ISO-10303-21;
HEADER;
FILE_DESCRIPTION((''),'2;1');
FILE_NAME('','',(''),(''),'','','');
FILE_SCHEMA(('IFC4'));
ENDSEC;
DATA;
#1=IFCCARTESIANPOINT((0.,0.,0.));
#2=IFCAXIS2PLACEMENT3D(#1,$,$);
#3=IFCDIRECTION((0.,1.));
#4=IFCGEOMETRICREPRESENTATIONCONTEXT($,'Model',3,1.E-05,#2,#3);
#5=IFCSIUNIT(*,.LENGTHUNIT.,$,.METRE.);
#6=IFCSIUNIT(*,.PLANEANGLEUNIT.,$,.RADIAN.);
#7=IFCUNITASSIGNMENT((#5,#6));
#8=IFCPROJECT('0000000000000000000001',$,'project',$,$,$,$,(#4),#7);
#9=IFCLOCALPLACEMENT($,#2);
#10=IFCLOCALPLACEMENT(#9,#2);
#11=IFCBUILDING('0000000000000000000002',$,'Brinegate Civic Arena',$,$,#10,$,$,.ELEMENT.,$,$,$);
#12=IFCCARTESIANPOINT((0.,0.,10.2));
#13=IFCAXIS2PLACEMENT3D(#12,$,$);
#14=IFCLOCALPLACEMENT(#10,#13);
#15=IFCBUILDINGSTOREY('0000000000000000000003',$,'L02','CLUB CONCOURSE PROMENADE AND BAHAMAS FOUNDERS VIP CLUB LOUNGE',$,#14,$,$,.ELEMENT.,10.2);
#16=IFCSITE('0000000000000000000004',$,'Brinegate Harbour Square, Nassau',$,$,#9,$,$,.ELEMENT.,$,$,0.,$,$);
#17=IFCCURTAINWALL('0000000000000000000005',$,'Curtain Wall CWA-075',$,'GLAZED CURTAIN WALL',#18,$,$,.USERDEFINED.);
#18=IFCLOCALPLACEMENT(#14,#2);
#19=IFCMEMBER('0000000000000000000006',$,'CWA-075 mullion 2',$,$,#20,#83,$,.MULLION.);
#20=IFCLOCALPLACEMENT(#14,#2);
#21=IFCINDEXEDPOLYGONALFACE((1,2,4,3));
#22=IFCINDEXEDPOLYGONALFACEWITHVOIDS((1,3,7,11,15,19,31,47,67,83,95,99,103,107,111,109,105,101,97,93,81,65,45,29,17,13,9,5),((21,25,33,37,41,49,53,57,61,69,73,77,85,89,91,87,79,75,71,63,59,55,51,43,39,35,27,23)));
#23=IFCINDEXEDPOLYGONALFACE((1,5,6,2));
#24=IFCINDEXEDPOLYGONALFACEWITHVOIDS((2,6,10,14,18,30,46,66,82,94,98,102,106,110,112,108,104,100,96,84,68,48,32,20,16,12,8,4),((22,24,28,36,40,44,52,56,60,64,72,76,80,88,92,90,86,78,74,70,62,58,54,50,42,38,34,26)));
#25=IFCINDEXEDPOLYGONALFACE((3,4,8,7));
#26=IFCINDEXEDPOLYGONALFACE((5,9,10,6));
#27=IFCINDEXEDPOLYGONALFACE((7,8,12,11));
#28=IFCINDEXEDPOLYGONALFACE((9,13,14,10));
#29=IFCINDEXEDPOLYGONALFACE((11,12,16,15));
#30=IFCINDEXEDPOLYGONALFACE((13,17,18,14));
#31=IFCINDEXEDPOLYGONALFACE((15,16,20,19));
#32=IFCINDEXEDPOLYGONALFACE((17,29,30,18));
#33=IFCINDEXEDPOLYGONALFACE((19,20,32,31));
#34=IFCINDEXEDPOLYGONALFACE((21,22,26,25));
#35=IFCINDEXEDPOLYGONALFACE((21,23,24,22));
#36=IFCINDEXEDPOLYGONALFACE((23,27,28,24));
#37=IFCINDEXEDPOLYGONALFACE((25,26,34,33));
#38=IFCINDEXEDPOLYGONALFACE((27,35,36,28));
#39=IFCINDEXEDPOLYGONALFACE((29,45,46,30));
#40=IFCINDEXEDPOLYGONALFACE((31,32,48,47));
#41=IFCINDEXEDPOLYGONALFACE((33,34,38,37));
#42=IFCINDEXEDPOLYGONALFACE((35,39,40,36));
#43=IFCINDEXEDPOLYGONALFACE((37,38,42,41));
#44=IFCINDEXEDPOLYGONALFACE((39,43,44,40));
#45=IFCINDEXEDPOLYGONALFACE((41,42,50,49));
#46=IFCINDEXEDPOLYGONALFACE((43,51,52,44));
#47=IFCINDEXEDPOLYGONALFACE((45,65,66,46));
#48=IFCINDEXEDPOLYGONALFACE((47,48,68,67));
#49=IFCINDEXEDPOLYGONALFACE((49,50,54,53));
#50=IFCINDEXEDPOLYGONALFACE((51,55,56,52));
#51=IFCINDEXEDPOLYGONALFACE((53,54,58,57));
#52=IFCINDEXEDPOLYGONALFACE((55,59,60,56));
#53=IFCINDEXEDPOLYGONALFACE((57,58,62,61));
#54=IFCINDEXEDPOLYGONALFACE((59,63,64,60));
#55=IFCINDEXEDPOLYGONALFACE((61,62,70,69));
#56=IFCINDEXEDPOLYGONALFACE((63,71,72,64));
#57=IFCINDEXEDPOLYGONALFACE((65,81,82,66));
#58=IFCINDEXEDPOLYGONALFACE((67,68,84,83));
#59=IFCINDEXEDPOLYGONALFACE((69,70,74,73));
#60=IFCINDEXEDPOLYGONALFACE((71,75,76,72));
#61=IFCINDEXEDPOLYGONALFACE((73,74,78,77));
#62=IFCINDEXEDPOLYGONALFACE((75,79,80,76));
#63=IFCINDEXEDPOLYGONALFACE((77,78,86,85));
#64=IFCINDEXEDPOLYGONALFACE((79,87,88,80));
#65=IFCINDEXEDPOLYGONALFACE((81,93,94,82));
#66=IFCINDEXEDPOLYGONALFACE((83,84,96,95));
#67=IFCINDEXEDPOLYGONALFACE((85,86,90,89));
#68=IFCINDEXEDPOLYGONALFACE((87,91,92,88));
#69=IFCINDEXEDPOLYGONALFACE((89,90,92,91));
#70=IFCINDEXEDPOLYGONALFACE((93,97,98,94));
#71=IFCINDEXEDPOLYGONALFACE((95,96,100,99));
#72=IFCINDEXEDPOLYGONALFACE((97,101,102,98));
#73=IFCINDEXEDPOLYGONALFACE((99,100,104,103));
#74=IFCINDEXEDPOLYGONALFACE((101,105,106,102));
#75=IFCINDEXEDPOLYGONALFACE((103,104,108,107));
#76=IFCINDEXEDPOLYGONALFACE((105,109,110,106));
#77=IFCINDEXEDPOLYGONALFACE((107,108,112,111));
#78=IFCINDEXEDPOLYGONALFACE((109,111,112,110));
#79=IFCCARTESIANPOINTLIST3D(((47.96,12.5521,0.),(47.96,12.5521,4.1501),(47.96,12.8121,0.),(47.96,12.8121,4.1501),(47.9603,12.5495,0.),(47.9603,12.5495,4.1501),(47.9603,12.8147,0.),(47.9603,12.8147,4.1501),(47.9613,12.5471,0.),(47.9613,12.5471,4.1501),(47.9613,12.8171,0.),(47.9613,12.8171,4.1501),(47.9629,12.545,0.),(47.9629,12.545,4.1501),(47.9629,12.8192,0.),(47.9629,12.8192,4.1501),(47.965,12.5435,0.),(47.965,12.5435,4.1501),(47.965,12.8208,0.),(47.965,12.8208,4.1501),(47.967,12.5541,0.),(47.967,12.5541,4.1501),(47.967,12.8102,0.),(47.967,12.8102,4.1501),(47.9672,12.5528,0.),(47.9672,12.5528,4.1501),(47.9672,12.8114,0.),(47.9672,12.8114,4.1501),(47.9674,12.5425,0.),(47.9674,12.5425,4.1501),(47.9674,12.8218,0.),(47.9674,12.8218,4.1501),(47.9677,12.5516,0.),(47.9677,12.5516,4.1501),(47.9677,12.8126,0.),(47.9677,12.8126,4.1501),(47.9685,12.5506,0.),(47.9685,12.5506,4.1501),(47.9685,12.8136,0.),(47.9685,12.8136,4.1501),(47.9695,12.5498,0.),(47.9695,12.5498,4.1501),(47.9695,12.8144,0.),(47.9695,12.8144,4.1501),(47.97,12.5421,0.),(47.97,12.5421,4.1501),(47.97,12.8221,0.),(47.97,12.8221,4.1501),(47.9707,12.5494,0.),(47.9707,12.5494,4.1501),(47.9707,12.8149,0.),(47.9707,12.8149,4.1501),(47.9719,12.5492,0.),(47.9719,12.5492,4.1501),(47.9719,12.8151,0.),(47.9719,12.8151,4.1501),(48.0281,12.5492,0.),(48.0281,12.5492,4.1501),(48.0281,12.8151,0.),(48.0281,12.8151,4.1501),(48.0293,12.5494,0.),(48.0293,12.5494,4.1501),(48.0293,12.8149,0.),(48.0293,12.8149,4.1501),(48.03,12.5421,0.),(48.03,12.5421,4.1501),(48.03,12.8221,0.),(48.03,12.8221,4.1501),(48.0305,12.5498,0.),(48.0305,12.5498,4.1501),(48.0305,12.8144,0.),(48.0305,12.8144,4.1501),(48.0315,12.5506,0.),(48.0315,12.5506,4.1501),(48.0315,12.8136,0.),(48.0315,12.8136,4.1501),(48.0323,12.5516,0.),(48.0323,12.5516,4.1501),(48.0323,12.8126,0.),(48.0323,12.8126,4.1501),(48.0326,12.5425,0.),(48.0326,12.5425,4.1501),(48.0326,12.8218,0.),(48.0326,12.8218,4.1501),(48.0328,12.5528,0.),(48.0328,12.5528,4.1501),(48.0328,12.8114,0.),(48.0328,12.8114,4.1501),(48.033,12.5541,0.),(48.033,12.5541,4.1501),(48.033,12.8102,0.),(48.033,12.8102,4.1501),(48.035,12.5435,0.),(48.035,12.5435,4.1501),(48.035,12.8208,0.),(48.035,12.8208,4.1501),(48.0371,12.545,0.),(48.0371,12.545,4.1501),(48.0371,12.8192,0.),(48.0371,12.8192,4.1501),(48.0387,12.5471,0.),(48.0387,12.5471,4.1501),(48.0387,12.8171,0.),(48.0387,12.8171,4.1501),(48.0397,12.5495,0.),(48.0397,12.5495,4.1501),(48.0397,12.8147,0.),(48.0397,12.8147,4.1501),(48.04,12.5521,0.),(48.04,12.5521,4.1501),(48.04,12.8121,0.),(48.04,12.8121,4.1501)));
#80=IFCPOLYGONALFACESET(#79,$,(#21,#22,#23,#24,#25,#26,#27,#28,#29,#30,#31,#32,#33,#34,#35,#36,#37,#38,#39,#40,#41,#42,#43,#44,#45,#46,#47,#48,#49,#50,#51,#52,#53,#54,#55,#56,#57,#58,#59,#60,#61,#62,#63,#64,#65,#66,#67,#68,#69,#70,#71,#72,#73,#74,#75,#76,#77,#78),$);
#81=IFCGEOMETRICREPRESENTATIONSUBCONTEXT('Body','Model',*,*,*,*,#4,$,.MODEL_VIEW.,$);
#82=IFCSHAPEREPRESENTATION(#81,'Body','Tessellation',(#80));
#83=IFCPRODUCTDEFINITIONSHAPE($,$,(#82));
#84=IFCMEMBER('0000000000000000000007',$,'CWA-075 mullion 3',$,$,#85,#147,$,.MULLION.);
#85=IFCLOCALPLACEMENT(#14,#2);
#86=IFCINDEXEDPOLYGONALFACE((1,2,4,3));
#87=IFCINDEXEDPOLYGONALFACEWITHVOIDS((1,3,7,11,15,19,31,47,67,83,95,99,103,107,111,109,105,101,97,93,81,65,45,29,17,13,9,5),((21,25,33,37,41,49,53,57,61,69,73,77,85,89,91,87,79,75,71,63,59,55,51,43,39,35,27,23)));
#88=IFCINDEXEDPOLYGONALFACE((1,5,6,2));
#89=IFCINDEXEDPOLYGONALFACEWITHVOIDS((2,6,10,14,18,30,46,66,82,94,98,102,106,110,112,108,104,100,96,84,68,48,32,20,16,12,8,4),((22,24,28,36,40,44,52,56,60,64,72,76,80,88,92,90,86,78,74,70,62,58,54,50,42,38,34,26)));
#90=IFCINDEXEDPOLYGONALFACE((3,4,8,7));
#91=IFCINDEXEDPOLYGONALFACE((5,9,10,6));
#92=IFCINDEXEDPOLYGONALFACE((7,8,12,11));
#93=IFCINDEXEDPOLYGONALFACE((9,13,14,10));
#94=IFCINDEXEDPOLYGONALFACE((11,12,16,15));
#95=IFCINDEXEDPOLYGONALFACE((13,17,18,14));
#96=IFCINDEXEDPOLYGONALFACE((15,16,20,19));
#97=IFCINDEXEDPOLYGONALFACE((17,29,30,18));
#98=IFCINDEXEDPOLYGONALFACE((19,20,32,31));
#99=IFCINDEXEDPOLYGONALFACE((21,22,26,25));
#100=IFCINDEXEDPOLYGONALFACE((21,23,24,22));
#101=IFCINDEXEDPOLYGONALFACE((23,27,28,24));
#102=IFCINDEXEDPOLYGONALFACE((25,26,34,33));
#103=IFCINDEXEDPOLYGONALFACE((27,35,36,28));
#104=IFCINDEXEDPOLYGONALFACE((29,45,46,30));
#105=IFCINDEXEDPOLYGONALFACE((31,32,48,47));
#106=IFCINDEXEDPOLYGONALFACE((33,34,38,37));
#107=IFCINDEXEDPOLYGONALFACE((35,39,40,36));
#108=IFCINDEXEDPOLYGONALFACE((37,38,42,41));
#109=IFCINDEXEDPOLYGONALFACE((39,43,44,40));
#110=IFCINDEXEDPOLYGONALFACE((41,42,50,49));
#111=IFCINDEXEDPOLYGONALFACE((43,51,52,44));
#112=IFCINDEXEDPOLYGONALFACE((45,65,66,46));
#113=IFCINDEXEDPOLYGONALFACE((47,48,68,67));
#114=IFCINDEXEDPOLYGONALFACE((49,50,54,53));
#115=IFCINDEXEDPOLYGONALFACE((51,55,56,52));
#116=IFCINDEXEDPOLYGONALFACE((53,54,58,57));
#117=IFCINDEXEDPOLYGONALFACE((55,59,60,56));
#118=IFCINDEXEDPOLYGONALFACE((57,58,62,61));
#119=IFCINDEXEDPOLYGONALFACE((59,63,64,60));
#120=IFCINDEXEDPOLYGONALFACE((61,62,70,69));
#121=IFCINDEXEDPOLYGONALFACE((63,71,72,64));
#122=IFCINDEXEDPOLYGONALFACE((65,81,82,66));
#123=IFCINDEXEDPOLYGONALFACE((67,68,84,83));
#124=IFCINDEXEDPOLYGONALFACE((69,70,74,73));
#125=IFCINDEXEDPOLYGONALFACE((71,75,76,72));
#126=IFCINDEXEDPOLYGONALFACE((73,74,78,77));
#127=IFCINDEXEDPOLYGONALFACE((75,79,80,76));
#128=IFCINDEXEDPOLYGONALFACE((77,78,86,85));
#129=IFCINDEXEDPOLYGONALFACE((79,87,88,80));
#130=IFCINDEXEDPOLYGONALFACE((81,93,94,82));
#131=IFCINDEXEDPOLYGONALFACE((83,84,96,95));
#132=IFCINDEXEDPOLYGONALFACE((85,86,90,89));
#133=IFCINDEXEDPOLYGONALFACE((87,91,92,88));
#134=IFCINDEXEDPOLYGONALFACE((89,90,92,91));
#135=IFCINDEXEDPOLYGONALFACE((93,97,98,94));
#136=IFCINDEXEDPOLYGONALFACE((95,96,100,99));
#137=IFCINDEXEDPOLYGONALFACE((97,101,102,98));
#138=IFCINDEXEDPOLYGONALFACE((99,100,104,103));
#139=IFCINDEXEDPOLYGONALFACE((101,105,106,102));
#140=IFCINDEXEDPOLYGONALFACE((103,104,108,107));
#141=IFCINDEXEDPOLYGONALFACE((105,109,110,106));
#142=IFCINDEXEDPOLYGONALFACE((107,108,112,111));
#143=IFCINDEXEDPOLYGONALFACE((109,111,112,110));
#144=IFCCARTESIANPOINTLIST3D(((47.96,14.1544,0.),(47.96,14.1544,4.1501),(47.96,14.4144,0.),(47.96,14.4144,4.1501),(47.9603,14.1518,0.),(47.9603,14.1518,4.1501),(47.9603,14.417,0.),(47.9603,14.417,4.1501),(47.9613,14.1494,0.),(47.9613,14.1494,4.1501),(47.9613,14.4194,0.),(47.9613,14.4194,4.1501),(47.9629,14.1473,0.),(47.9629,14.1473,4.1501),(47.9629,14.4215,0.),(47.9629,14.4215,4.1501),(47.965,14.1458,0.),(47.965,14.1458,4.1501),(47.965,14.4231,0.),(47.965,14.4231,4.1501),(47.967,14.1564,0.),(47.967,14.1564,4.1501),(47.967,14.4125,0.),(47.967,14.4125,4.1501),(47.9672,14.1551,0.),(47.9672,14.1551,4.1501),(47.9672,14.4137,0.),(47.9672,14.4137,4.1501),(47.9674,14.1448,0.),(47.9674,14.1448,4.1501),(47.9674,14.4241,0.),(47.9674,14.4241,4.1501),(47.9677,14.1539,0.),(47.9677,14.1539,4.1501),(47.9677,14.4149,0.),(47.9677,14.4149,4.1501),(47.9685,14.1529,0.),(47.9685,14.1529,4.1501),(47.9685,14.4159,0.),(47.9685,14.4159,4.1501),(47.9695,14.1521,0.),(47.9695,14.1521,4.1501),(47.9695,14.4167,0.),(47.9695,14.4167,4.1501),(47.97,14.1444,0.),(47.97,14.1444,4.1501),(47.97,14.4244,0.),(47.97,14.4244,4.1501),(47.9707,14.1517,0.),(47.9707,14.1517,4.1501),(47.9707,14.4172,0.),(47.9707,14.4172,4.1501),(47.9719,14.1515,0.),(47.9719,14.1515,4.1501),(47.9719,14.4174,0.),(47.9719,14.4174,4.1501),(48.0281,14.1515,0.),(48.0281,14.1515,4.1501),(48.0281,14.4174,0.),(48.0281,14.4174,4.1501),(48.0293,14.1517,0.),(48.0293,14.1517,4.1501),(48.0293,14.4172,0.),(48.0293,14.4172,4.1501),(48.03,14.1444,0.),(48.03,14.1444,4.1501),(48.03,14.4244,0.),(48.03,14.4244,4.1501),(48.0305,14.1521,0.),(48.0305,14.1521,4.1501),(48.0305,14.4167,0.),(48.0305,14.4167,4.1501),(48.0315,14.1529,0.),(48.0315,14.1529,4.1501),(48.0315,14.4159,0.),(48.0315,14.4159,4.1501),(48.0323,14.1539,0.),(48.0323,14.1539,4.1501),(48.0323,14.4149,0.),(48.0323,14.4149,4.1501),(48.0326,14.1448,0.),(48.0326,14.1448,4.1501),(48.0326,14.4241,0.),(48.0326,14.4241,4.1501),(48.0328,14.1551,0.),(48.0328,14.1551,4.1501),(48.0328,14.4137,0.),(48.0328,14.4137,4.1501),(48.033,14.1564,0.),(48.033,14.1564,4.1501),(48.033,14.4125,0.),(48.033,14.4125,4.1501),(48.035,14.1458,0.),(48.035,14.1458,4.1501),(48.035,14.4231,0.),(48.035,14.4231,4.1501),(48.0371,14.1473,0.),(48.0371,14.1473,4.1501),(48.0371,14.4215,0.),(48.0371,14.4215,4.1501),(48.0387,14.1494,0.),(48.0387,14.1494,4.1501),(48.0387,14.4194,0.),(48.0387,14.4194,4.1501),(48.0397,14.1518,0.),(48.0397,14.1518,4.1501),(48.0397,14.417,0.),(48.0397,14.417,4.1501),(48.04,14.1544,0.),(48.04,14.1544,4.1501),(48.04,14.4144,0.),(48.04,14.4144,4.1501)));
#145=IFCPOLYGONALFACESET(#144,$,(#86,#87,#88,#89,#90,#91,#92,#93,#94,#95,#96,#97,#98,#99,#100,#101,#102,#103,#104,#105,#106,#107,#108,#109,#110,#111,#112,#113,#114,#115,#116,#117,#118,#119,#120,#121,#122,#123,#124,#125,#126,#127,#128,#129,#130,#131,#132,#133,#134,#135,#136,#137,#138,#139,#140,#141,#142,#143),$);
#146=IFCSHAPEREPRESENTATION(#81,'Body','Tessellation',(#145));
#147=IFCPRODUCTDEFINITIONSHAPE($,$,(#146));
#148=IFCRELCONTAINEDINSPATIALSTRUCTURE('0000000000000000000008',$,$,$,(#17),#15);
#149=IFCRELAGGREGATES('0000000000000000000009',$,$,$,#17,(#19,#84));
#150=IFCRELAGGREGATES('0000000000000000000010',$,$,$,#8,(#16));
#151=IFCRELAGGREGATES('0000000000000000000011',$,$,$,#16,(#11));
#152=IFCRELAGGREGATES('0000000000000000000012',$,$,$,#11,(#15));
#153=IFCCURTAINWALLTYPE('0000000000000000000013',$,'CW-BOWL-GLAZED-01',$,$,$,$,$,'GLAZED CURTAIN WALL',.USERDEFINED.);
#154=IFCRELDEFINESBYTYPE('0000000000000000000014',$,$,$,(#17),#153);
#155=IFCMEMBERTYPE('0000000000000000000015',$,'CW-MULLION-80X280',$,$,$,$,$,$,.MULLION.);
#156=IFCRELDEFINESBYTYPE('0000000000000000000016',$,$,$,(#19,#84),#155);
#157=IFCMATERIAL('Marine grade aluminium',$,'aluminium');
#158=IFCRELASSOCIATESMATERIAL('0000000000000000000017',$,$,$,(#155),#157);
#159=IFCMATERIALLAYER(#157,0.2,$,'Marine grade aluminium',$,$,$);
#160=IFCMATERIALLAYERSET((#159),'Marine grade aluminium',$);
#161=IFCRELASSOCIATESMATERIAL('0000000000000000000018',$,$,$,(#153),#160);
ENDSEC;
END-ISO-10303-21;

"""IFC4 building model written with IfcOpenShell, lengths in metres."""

from ifc_helpers import new_model, si_unit, direction, frame, origin, origin_2d, place, context, subcontext, project, spatial, hollow_rectangle, extrude, material, layer, layer_set, material_profile, profile_set, type_object, element, aggregate, save


model = new_model("IFC4")

# Units and contexts
model_context = context("Model", 3, precision=1e-05, world=origin(), true_north=direction((0.0, 1.0)))
body_context = subcontext(model_context, "Body", "Model", "MODEL_VIEW")
ifc_project = project(units=[si_unit("LENGTHUNIT", "METRE"), si_unit("PLANEANGLEUNIT", "RADIAN")], contexts=[model_context])

# Site, building, storey
site_placement = place(None, origin())
site = spatial("IfcSite", under=ifc_project, at=site_placement, Name="Brinegate Harbour Square, Nassau", CompositionType="ELEMENT", RefElevation=0.0)
building_placement = place(site_placement, origin())
building = spatial("IfcBuilding", under=site, at=building_placement, Name="Brinegate Civic Arena", CompositionType="ELEMENT")
storey_placement = place(building_placement, frame((0.0, 0.0, 10.2)))
storey = spatial("IfcBuildingStorey", under=building, at=storey_placement, Name="L02", Description="CLUB CONCOURSE PROMENADE AND BAHAMAS FOUNDERS VIP CLUB LOUNGE", CompositionType="ELEMENT", Elevation=10.2)

# Curtain wall, members
ifc_material_1 = material(Name="Marine grade aluminium", Category="aluminium")
ifc_material_profile_1 = material_profile(ifc_material_1, hollow_rectangle(XDim=0.0801, YDim=0.28, WallThickness=0.0071, InnerFilletRadius=0.0049, OuterFilletRadius=0.01, at=origin_2d()), Name="MUL80X280")
ifc_profile_set_1 = profile_set([ifc_material_profile_1], Name="Marine grade aluminium")
member_type_1 = type_object("IfcMemberType", Name="CW-MULLION-80X280", PredefinedType="MULLION", material=ifc_profile_set_1)
ifc_layer_1 = layer(ifc_material_1, 0.2, Name="Marine grade aluminium")
ifc_layer_set_1 = layer_set([ifc_layer_1], Name="Marine grade aluminium")
curtain_wall_type_1 = type_object("IfcCurtainWallType", Name="CW-BOWL-GLAZED-01", ElementType="GLAZED CURTAIN WALL", PredefinedType="USERDEFINED", material=ifc_layer_set_1)
curtain_wall_1_placement = place(storey_placement, origin())
curtain_wall_1 = element("IfcCurtainWall", 1, at=curtain_wall_1_placement, inside=storey, type_object=curtain_wall_type_1, Name="Curtain Wall CWA-075", ObjectType="GLAZED CURTAIN WALL", PredefinedType="USERDEFINED")
member_1_placement = place(storey_placement, frame((48.0, 12.6821, 0.0), z_axis=(0.0, 0.0, 1.0), x_axis=(-1.0, 0.0, 0.0)))
member_1 = element("IfcMember", 2, at=member_1_placement, type_object=member_type_1, Name="CWA-075 mullion 2", PredefinedType="MULLION", context=body_context, shape_type="SweptSolid", body=[
    extrude(hollow_rectangle(XDim=0.0801, YDim=0.28, WallThickness=0.0071, InnerFilletRadius=0.0049, OuterFilletRadius=0.01, at=origin_2d()), origin(), (0.0, 0.0, 1.0), 4.1501),
])
member_2_placement = place(storey_placement, frame((48.0, 14.2844, 0.0), z_axis=(0.0, 0.0, 1.0), x_axis=(-1.0, 0.0, 0.0)))
member_2 = element("IfcMember", 3, at=member_2_placement, type_object=member_type_1, Name="CWA-075 mullion 3", PredefinedType="MULLION", context=body_context, shape_type="SweptSolid", body=[
    extrude(hollow_rectangle(XDim=0.0801, YDim=0.28, WallThickness=0.0071, InnerFilletRadius=0.0049, OuterFilletRadius=0.01, at=origin_2d()), origin(), (0.0, 0.0, 1.0), 4.1501),
])

aggregate(curtain_wall_1, [member_1, member_2])

save(model, "model.ifc")
